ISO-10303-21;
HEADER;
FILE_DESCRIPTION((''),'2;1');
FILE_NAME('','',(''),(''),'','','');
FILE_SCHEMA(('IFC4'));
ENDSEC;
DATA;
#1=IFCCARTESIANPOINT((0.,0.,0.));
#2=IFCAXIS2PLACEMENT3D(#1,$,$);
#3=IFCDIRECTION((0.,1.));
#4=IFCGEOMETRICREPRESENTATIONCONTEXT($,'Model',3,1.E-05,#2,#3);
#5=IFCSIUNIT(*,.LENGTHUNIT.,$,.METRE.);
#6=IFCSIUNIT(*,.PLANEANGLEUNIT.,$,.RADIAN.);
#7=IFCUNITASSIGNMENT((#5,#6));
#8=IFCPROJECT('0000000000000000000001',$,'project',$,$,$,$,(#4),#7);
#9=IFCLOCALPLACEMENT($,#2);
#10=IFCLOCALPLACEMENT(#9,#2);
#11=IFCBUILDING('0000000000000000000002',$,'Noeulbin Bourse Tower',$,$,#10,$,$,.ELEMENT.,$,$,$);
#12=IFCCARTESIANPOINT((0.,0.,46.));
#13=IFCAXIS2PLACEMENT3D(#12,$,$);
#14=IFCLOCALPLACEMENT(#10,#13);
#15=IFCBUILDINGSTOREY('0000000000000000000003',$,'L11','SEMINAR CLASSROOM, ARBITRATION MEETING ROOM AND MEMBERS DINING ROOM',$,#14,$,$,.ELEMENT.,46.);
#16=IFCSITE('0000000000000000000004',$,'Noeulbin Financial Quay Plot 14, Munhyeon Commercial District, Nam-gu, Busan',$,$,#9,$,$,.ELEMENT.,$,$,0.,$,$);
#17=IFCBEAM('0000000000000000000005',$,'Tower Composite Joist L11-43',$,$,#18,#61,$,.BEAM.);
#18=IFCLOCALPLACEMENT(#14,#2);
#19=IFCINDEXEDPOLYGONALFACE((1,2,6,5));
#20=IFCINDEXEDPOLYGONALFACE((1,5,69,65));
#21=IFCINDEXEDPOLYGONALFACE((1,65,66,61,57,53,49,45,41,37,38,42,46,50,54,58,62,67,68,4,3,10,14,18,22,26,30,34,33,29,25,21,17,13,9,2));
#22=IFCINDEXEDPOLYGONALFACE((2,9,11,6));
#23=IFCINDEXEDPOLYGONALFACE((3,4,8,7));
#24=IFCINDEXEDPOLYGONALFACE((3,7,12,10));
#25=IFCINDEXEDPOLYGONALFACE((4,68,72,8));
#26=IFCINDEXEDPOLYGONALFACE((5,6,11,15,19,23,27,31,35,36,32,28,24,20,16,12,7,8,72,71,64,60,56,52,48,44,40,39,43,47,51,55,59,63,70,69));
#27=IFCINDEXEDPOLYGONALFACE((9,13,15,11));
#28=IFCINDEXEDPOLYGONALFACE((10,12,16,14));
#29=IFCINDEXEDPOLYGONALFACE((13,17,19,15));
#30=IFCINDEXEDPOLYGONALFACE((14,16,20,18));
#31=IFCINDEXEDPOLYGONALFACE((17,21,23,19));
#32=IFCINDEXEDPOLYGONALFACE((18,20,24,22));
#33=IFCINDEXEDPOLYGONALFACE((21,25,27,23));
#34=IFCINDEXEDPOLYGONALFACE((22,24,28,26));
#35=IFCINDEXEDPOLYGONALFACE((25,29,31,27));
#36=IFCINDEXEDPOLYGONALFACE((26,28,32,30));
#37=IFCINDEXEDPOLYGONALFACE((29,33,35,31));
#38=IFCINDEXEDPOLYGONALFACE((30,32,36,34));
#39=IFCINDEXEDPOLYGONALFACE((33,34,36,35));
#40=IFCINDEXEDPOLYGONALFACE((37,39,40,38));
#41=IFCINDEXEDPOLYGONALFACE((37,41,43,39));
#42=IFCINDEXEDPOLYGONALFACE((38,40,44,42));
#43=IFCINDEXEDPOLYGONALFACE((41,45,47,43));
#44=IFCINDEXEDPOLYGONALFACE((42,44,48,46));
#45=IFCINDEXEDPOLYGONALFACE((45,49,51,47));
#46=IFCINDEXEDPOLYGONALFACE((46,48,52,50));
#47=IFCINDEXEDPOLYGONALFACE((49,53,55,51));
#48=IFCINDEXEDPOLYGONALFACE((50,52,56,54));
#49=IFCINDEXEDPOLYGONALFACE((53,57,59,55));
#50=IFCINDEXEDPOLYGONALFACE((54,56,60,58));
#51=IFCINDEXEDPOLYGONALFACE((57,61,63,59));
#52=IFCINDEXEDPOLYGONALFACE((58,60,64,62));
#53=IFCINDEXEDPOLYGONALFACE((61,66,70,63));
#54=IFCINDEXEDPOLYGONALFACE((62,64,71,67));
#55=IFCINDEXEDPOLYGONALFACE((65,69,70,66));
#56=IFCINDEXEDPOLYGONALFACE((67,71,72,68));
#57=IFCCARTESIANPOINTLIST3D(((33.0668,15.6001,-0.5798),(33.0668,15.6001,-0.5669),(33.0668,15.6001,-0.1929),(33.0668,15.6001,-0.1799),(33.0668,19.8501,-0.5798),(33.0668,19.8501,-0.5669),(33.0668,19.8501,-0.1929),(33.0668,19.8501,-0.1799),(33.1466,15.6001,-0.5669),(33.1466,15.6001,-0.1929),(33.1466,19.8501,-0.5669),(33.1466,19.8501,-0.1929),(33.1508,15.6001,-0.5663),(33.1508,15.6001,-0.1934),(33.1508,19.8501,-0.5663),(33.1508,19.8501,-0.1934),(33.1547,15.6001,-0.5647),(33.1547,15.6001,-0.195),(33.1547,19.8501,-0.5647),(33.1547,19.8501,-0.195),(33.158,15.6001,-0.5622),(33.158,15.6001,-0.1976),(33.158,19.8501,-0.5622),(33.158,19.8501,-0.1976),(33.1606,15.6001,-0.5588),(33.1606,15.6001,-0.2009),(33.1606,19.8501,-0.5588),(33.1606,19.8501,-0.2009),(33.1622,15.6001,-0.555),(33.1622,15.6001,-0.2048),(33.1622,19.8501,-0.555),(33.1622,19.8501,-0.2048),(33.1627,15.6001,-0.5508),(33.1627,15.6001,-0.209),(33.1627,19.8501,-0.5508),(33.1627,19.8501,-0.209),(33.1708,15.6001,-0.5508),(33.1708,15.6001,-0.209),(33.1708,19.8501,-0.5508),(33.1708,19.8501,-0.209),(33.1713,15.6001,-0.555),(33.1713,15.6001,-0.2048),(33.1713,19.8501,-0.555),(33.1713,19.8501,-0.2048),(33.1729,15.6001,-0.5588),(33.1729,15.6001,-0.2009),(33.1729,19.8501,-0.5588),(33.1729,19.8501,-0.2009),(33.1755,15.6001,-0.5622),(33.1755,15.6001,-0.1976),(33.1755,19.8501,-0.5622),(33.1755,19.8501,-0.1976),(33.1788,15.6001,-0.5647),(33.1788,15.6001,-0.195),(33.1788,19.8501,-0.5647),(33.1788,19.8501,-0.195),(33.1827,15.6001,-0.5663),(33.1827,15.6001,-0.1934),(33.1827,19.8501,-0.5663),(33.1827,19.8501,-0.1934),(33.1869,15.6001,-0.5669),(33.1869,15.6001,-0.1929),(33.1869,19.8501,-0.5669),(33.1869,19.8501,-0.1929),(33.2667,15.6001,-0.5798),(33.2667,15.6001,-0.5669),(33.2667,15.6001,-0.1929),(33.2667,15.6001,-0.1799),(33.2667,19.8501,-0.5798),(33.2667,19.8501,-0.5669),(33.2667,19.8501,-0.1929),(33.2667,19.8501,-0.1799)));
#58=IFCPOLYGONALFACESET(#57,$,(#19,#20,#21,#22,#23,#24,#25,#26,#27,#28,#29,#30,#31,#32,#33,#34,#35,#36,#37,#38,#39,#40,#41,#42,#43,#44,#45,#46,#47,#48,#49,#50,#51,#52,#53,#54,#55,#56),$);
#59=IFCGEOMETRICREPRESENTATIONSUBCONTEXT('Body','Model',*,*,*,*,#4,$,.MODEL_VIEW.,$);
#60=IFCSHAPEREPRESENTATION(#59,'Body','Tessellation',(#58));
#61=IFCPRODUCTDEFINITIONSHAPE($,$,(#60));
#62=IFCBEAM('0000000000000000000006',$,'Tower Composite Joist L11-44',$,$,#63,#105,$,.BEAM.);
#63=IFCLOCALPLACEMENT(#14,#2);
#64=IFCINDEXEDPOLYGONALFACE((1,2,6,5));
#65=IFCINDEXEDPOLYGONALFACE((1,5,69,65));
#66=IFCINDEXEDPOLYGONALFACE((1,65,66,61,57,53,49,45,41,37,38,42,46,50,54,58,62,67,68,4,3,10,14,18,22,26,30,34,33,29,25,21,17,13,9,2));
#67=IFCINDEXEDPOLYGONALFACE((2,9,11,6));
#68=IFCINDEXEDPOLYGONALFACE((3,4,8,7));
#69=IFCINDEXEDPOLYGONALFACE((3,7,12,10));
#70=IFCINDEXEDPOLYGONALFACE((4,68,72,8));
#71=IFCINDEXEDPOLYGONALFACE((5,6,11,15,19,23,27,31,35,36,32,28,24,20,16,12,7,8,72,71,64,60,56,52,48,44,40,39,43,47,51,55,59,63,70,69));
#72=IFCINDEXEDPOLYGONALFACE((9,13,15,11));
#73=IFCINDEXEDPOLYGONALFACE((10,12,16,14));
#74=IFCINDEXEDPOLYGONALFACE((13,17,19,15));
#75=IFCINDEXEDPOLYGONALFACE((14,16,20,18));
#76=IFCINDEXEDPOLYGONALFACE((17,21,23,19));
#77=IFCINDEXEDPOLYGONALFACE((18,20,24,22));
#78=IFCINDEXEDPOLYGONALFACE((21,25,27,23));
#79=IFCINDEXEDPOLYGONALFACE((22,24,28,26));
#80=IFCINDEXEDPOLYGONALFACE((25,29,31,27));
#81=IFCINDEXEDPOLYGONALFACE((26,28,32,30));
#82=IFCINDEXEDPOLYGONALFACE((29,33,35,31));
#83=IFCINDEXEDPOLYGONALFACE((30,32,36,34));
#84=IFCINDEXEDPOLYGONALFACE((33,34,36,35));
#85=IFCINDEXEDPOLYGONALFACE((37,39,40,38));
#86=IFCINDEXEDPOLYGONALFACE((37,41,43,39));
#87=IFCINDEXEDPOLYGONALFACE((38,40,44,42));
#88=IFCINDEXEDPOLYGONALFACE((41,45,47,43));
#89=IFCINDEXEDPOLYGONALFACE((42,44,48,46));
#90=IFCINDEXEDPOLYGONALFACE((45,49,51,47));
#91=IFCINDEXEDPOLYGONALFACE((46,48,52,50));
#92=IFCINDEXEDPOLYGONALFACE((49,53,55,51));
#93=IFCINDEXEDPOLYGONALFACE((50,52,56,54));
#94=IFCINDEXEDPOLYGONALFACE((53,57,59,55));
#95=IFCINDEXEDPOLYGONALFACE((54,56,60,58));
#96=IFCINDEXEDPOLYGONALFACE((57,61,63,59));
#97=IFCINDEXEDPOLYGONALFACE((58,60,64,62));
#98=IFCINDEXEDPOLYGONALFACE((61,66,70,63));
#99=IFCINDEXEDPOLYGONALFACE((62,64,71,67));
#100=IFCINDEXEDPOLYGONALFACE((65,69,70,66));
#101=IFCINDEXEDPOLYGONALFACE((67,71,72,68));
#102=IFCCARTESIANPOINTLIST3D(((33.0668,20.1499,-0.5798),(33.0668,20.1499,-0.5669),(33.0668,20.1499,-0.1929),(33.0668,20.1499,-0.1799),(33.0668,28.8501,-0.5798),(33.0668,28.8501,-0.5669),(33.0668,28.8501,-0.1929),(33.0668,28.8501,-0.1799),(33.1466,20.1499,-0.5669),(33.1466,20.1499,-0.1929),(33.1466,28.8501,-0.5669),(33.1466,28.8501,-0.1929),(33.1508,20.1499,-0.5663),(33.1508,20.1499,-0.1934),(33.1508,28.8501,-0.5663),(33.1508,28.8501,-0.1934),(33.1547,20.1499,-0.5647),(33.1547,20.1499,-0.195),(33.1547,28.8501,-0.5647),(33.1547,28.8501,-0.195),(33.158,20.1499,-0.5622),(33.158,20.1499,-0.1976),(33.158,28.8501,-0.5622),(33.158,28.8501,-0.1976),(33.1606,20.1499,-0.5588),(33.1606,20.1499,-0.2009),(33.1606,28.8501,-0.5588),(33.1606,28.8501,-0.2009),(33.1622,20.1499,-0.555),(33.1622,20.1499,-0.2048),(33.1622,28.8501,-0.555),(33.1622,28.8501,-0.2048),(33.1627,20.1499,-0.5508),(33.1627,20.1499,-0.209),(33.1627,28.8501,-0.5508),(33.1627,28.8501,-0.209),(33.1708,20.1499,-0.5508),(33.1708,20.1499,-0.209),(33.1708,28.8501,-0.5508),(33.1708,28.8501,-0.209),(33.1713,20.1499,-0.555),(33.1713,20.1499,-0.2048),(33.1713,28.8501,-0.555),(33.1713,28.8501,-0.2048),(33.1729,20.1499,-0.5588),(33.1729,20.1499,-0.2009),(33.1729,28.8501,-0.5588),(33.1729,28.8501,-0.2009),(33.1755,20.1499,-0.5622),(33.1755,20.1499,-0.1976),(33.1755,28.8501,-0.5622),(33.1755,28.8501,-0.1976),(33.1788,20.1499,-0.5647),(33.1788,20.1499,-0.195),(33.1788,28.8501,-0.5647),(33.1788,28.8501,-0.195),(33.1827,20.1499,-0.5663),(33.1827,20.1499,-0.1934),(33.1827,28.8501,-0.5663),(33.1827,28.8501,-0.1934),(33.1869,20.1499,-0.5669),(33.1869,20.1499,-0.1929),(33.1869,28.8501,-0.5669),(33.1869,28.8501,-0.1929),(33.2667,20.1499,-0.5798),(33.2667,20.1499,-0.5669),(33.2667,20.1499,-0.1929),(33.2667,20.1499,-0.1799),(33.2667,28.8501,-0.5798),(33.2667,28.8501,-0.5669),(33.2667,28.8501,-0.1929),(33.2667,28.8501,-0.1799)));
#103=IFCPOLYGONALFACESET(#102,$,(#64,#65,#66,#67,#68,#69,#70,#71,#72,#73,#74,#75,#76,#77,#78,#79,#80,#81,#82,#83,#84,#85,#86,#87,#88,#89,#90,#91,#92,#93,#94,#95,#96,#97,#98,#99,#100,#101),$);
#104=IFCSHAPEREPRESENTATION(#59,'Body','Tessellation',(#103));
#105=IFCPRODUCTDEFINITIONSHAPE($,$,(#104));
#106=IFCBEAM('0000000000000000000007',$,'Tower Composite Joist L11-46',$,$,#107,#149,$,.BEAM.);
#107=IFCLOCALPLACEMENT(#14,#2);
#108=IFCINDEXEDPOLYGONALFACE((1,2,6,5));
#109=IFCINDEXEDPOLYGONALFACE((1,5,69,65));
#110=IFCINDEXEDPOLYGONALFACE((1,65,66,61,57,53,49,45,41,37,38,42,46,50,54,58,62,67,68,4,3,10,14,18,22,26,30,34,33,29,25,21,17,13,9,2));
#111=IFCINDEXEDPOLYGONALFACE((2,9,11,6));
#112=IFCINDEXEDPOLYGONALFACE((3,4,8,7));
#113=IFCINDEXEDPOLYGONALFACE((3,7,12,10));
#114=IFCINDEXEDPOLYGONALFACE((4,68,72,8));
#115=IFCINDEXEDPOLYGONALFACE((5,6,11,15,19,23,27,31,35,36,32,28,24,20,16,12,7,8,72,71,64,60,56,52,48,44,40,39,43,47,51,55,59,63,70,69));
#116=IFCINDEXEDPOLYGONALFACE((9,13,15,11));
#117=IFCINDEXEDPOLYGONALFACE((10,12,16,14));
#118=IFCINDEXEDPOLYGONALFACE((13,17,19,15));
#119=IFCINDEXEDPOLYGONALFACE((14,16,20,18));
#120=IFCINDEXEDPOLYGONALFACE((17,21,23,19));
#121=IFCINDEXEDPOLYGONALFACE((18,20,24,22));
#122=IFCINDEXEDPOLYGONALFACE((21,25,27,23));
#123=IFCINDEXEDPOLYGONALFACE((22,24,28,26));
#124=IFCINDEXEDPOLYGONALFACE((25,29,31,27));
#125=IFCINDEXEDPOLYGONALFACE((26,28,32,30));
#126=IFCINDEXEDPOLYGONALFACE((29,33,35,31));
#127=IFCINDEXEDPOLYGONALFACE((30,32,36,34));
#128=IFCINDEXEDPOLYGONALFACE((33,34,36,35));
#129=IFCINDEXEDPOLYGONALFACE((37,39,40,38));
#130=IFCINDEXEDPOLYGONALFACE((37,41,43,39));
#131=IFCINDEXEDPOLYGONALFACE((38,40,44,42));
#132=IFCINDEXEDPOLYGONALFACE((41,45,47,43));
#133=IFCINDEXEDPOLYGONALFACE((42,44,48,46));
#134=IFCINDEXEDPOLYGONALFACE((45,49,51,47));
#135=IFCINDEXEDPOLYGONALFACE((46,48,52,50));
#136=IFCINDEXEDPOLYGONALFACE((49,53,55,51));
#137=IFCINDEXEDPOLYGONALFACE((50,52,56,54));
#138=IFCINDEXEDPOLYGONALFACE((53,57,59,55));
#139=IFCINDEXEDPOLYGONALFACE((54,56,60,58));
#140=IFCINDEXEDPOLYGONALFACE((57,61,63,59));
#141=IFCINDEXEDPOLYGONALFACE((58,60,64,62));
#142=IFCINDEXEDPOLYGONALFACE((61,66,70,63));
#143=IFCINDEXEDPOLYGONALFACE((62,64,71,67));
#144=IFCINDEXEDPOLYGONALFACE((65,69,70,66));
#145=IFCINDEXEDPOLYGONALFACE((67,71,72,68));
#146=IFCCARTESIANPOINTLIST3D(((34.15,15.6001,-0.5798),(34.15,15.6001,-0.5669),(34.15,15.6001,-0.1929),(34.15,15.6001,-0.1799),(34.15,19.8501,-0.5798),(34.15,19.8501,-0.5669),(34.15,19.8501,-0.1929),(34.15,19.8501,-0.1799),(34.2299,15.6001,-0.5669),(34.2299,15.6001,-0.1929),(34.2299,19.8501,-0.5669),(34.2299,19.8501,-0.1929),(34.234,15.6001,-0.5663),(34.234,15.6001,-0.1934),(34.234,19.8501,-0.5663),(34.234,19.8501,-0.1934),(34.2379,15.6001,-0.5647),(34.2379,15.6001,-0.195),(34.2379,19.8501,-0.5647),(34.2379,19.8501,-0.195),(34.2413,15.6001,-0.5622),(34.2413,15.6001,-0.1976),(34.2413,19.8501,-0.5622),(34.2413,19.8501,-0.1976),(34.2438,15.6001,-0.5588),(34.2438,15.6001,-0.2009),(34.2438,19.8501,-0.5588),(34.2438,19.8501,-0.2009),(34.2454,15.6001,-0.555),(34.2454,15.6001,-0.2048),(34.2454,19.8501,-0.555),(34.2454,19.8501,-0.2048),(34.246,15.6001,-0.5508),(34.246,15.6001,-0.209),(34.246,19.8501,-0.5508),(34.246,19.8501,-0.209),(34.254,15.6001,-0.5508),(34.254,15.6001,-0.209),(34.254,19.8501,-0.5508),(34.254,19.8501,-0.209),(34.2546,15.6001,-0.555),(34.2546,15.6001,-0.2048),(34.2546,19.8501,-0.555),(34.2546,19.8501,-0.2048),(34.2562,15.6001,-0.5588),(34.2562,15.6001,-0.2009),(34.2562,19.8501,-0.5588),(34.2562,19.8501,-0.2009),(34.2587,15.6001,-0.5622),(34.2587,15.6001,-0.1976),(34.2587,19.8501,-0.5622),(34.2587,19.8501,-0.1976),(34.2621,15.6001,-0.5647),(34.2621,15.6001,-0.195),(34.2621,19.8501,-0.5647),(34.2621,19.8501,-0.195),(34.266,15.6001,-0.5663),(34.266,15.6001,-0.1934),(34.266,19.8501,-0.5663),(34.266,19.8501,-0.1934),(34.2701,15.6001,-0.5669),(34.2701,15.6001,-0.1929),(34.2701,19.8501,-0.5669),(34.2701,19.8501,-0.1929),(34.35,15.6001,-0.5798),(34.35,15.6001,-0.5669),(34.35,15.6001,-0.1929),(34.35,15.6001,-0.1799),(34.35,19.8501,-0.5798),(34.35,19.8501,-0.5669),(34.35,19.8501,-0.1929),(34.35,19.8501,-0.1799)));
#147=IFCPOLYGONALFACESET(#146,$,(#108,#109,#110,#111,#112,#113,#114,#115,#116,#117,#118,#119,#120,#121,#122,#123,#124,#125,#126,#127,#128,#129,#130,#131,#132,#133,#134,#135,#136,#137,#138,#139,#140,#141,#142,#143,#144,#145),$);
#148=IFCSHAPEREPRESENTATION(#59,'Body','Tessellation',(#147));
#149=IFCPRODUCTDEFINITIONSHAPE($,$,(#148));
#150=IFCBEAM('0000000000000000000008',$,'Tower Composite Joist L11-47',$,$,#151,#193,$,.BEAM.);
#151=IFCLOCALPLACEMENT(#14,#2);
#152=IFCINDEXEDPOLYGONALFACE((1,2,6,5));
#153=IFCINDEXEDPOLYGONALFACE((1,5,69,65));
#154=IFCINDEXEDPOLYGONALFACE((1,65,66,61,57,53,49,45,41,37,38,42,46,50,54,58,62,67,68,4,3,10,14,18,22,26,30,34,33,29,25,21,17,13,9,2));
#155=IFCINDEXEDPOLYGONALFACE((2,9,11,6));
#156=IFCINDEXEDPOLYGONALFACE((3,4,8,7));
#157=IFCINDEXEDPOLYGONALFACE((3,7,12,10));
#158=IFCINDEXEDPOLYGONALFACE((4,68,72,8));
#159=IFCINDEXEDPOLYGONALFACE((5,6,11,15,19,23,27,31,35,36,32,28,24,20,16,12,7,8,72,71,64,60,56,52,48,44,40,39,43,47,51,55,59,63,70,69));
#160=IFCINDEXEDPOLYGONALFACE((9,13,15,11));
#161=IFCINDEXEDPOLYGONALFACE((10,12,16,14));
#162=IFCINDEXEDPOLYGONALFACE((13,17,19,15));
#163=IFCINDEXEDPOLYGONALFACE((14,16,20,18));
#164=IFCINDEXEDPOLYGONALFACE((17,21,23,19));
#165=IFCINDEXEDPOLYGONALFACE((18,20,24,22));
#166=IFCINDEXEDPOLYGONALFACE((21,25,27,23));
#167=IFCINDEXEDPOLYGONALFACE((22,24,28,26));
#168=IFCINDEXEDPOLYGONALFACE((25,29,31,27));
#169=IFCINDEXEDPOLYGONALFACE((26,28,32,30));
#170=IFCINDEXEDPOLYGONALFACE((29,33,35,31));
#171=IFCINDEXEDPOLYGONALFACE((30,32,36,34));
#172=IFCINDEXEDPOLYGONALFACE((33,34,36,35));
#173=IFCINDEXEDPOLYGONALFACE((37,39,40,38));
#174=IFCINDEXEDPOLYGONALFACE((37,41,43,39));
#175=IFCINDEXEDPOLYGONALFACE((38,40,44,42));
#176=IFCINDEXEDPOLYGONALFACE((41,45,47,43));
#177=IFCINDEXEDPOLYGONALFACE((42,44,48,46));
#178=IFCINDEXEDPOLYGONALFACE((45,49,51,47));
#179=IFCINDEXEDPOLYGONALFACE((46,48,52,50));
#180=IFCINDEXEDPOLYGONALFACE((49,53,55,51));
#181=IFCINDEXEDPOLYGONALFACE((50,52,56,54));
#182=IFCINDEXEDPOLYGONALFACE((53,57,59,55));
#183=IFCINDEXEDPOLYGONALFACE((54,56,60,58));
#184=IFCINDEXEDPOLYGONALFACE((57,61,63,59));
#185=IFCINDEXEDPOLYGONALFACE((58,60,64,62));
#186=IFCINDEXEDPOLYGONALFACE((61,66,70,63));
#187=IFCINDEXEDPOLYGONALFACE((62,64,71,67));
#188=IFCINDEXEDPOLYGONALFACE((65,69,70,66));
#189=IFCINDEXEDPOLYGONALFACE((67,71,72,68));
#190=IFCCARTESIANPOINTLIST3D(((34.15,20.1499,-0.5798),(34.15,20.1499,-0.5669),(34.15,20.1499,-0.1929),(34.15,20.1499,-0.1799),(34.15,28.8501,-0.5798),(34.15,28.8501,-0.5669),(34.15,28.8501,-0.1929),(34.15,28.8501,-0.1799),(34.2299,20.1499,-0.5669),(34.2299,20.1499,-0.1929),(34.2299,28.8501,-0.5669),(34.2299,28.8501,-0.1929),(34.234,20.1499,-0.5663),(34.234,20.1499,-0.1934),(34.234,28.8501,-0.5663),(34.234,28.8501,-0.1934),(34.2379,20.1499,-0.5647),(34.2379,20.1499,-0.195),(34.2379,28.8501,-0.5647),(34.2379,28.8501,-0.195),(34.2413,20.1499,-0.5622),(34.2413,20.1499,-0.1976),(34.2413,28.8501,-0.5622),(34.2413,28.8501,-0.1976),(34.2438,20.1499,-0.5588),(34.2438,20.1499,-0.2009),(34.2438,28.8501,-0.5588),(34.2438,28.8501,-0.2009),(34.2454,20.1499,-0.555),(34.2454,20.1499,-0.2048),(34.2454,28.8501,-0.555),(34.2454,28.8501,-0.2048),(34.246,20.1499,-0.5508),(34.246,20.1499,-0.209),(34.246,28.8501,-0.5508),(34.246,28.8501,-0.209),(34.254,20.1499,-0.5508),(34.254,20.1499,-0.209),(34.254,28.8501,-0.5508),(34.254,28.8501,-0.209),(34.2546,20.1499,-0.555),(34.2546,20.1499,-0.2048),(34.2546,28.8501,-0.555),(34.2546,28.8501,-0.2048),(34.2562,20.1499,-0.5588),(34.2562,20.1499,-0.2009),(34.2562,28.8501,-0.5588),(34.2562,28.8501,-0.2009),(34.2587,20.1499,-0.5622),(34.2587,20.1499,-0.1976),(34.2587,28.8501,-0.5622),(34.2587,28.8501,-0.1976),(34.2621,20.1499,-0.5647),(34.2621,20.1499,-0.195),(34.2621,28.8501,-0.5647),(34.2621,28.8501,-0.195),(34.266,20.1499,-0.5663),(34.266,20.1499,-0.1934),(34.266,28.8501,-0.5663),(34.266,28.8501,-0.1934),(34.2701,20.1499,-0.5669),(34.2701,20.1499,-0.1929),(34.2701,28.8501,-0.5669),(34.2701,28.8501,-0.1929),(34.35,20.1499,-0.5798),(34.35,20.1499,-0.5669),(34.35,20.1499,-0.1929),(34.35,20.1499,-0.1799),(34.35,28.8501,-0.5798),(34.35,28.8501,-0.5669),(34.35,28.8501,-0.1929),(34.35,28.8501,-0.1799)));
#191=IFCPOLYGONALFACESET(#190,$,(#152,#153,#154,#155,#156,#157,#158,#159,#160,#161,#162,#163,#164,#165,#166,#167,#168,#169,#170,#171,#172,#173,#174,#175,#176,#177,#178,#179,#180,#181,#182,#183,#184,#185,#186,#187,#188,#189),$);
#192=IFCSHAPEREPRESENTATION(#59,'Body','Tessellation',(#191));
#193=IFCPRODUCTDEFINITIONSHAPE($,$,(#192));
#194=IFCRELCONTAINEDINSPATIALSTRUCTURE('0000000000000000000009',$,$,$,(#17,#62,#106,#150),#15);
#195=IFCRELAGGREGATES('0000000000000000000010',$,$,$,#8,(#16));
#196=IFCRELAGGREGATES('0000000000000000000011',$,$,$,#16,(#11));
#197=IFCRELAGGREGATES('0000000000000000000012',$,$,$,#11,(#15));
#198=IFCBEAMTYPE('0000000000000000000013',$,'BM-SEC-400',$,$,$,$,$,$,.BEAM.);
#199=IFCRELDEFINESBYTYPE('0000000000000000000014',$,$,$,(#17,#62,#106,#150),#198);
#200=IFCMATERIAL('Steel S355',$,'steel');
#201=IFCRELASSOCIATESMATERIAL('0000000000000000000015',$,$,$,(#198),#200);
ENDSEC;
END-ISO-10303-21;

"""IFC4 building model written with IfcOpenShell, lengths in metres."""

from ifc_helpers import new_model, si_unit, direction, frame, origin, origin_2d, place, context, subcontext, project, spatial, i_section, extrude, material, material_profile, profile_set, type_object, element, save


model = new_model("IFC4")

# Units and contexts
model_context = context("Model", 3, precision=1e-05, world=origin(), true_north=direction((0.0, 1.0)))
body_context = subcontext(model_context, "Body", "Model", "MODEL_VIEW")
ifc_project = project(units=[si_unit("LENGTHUNIT", "METRE"), si_unit("PLANEANGLEUNIT", "RADIAN")], contexts=[model_context])

# Site, building, storey
site_placement = place(None, origin())
site = spatial("IfcSite", under=ifc_project, at=site_placement, Name="Noeulbin Financial Quay Plot 14, Munhyeon Commercial District, Nam-gu, Busan", CompositionType="ELEMENT", RefElevation=0.0)
building_placement = place(site_placement, origin())
building = spatial("IfcBuilding", under=site, at=building_placement, Name="Noeulbin Bourse Tower", CompositionType="ELEMENT")
storey_placement = place(building_placement, frame((0.0, 0.0, 46.0)))
storey = spatial("IfcBuildingStorey", under=building, at=storey_placement, Name="L11", Description="SEMINAR CLASSROOM, ARBITRATION MEETING ROOM AND MEMBERS DINING ROOM", CompositionType="ELEMENT", Elevation=46.0)

# Beams
ifc_material_1 = material(Name="Steel S355", Category="steel")
ifc_material_profile_1 = material_profile(ifc_material_1, i_section(OverallWidth=0.2, OverallDepth=0.3999, WebThickness=0.0081, FlangeThickness=0.0129, FilletRadius=0.0161, at=origin_2d()), Name="H-400x200x8x13", Category="LoadBearing")
ifc_profile_set_1 = profile_set([ifc_material_profile_1], Name="Steel S355")
beam_type_1 = type_object("IfcBeamType", Name="BM-SEC-400", PredefinedType="BEAM", material=ifc_profile_set_1)
beam_1_placement = place(storey_placement, frame((33.1667, 15.6001, -0.3799), z_axis=(0.0, 1.0, 0.0), x_axis=(-1.0, 0.0, 0.0)))
element("IfcBeam", 1, at=beam_1_placement, inside=storey, type_object=beam_type_1, Name="Tower Composite Joist L11-43", PredefinedType="BEAM", context=body_context, shape_type="SweptSolid", body=[
    extrude(i_section(OverallWidth=0.2, OverallDepth=0.3999, WebThickness=0.0081, FlangeThickness=0.0129, FilletRadius=0.0161, at=origin_2d()), origin(), (0.0, 0.0, 1.0), 4.25),
])
beam_2_placement = place(storey_placement, frame((33.1667, 20.1499, -0.3799), z_axis=(0.0, 1.0, 0.0), x_axis=(-1.0, 0.0, 0.0)))
element("IfcBeam", 2, at=beam_2_placement, inside=storey, type_object=beam_type_1, Name="Tower Composite Joist L11-44", PredefinedType="BEAM", context=body_context, shape_type="SweptSolid", body=[
    extrude(i_section(OverallWidth=0.2, OverallDepth=0.3999, WebThickness=0.0081, FlangeThickness=0.0129, FilletRadius=0.0161, at=origin_2d()), origin(), (0.0, 0.0, 1.0), 8.7002),
])
beam_3_placement = place(storey_placement, frame((34.25, 15.6001, -0.3799), z_axis=(0.0, 1.0, 0.0), x_axis=(-1.0, 0.0, 0.0)))
element("IfcBeam", 3, at=beam_3_placement, inside=storey, type_object=beam_type_1, Name="Tower Composite Joist L11-46", PredefinedType="BEAM", context=body_context, shape_type="SweptSolid", body=[
    extrude(i_section(OverallWidth=0.2, OverallDepth=0.3999, WebThickness=0.0081, FlangeThickness=0.0129, FilletRadius=0.0161, at=origin_2d()), origin(), (0.0, 0.0, 1.0), 4.25),
])
beam_4_placement = place(storey_placement, frame((34.25, 20.1499, -0.3799), z_axis=(0.0, 1.0, 0.0), x_axis=(-1.0, 0.0, 0.0)))
element("IfcBeam", 4, at=beam_4_placement, inside=storey, type_object=beam_type_1, Name="Tower Composite Joist L11-47", PredefinedType="BEAM", context=body_context, shape_type="SweptSolid", body=[
    extrude(i_section(OverallWidth=0.2, OverallDepth=0.3999, WebThickness=0.0081, FlangeThickness=0.0129, FilletRadius=0.0161, at=origin_2d()), origin(), (0.0, 0.0, 1.0), 8.7002),
])

save(model, "model.ifc")
